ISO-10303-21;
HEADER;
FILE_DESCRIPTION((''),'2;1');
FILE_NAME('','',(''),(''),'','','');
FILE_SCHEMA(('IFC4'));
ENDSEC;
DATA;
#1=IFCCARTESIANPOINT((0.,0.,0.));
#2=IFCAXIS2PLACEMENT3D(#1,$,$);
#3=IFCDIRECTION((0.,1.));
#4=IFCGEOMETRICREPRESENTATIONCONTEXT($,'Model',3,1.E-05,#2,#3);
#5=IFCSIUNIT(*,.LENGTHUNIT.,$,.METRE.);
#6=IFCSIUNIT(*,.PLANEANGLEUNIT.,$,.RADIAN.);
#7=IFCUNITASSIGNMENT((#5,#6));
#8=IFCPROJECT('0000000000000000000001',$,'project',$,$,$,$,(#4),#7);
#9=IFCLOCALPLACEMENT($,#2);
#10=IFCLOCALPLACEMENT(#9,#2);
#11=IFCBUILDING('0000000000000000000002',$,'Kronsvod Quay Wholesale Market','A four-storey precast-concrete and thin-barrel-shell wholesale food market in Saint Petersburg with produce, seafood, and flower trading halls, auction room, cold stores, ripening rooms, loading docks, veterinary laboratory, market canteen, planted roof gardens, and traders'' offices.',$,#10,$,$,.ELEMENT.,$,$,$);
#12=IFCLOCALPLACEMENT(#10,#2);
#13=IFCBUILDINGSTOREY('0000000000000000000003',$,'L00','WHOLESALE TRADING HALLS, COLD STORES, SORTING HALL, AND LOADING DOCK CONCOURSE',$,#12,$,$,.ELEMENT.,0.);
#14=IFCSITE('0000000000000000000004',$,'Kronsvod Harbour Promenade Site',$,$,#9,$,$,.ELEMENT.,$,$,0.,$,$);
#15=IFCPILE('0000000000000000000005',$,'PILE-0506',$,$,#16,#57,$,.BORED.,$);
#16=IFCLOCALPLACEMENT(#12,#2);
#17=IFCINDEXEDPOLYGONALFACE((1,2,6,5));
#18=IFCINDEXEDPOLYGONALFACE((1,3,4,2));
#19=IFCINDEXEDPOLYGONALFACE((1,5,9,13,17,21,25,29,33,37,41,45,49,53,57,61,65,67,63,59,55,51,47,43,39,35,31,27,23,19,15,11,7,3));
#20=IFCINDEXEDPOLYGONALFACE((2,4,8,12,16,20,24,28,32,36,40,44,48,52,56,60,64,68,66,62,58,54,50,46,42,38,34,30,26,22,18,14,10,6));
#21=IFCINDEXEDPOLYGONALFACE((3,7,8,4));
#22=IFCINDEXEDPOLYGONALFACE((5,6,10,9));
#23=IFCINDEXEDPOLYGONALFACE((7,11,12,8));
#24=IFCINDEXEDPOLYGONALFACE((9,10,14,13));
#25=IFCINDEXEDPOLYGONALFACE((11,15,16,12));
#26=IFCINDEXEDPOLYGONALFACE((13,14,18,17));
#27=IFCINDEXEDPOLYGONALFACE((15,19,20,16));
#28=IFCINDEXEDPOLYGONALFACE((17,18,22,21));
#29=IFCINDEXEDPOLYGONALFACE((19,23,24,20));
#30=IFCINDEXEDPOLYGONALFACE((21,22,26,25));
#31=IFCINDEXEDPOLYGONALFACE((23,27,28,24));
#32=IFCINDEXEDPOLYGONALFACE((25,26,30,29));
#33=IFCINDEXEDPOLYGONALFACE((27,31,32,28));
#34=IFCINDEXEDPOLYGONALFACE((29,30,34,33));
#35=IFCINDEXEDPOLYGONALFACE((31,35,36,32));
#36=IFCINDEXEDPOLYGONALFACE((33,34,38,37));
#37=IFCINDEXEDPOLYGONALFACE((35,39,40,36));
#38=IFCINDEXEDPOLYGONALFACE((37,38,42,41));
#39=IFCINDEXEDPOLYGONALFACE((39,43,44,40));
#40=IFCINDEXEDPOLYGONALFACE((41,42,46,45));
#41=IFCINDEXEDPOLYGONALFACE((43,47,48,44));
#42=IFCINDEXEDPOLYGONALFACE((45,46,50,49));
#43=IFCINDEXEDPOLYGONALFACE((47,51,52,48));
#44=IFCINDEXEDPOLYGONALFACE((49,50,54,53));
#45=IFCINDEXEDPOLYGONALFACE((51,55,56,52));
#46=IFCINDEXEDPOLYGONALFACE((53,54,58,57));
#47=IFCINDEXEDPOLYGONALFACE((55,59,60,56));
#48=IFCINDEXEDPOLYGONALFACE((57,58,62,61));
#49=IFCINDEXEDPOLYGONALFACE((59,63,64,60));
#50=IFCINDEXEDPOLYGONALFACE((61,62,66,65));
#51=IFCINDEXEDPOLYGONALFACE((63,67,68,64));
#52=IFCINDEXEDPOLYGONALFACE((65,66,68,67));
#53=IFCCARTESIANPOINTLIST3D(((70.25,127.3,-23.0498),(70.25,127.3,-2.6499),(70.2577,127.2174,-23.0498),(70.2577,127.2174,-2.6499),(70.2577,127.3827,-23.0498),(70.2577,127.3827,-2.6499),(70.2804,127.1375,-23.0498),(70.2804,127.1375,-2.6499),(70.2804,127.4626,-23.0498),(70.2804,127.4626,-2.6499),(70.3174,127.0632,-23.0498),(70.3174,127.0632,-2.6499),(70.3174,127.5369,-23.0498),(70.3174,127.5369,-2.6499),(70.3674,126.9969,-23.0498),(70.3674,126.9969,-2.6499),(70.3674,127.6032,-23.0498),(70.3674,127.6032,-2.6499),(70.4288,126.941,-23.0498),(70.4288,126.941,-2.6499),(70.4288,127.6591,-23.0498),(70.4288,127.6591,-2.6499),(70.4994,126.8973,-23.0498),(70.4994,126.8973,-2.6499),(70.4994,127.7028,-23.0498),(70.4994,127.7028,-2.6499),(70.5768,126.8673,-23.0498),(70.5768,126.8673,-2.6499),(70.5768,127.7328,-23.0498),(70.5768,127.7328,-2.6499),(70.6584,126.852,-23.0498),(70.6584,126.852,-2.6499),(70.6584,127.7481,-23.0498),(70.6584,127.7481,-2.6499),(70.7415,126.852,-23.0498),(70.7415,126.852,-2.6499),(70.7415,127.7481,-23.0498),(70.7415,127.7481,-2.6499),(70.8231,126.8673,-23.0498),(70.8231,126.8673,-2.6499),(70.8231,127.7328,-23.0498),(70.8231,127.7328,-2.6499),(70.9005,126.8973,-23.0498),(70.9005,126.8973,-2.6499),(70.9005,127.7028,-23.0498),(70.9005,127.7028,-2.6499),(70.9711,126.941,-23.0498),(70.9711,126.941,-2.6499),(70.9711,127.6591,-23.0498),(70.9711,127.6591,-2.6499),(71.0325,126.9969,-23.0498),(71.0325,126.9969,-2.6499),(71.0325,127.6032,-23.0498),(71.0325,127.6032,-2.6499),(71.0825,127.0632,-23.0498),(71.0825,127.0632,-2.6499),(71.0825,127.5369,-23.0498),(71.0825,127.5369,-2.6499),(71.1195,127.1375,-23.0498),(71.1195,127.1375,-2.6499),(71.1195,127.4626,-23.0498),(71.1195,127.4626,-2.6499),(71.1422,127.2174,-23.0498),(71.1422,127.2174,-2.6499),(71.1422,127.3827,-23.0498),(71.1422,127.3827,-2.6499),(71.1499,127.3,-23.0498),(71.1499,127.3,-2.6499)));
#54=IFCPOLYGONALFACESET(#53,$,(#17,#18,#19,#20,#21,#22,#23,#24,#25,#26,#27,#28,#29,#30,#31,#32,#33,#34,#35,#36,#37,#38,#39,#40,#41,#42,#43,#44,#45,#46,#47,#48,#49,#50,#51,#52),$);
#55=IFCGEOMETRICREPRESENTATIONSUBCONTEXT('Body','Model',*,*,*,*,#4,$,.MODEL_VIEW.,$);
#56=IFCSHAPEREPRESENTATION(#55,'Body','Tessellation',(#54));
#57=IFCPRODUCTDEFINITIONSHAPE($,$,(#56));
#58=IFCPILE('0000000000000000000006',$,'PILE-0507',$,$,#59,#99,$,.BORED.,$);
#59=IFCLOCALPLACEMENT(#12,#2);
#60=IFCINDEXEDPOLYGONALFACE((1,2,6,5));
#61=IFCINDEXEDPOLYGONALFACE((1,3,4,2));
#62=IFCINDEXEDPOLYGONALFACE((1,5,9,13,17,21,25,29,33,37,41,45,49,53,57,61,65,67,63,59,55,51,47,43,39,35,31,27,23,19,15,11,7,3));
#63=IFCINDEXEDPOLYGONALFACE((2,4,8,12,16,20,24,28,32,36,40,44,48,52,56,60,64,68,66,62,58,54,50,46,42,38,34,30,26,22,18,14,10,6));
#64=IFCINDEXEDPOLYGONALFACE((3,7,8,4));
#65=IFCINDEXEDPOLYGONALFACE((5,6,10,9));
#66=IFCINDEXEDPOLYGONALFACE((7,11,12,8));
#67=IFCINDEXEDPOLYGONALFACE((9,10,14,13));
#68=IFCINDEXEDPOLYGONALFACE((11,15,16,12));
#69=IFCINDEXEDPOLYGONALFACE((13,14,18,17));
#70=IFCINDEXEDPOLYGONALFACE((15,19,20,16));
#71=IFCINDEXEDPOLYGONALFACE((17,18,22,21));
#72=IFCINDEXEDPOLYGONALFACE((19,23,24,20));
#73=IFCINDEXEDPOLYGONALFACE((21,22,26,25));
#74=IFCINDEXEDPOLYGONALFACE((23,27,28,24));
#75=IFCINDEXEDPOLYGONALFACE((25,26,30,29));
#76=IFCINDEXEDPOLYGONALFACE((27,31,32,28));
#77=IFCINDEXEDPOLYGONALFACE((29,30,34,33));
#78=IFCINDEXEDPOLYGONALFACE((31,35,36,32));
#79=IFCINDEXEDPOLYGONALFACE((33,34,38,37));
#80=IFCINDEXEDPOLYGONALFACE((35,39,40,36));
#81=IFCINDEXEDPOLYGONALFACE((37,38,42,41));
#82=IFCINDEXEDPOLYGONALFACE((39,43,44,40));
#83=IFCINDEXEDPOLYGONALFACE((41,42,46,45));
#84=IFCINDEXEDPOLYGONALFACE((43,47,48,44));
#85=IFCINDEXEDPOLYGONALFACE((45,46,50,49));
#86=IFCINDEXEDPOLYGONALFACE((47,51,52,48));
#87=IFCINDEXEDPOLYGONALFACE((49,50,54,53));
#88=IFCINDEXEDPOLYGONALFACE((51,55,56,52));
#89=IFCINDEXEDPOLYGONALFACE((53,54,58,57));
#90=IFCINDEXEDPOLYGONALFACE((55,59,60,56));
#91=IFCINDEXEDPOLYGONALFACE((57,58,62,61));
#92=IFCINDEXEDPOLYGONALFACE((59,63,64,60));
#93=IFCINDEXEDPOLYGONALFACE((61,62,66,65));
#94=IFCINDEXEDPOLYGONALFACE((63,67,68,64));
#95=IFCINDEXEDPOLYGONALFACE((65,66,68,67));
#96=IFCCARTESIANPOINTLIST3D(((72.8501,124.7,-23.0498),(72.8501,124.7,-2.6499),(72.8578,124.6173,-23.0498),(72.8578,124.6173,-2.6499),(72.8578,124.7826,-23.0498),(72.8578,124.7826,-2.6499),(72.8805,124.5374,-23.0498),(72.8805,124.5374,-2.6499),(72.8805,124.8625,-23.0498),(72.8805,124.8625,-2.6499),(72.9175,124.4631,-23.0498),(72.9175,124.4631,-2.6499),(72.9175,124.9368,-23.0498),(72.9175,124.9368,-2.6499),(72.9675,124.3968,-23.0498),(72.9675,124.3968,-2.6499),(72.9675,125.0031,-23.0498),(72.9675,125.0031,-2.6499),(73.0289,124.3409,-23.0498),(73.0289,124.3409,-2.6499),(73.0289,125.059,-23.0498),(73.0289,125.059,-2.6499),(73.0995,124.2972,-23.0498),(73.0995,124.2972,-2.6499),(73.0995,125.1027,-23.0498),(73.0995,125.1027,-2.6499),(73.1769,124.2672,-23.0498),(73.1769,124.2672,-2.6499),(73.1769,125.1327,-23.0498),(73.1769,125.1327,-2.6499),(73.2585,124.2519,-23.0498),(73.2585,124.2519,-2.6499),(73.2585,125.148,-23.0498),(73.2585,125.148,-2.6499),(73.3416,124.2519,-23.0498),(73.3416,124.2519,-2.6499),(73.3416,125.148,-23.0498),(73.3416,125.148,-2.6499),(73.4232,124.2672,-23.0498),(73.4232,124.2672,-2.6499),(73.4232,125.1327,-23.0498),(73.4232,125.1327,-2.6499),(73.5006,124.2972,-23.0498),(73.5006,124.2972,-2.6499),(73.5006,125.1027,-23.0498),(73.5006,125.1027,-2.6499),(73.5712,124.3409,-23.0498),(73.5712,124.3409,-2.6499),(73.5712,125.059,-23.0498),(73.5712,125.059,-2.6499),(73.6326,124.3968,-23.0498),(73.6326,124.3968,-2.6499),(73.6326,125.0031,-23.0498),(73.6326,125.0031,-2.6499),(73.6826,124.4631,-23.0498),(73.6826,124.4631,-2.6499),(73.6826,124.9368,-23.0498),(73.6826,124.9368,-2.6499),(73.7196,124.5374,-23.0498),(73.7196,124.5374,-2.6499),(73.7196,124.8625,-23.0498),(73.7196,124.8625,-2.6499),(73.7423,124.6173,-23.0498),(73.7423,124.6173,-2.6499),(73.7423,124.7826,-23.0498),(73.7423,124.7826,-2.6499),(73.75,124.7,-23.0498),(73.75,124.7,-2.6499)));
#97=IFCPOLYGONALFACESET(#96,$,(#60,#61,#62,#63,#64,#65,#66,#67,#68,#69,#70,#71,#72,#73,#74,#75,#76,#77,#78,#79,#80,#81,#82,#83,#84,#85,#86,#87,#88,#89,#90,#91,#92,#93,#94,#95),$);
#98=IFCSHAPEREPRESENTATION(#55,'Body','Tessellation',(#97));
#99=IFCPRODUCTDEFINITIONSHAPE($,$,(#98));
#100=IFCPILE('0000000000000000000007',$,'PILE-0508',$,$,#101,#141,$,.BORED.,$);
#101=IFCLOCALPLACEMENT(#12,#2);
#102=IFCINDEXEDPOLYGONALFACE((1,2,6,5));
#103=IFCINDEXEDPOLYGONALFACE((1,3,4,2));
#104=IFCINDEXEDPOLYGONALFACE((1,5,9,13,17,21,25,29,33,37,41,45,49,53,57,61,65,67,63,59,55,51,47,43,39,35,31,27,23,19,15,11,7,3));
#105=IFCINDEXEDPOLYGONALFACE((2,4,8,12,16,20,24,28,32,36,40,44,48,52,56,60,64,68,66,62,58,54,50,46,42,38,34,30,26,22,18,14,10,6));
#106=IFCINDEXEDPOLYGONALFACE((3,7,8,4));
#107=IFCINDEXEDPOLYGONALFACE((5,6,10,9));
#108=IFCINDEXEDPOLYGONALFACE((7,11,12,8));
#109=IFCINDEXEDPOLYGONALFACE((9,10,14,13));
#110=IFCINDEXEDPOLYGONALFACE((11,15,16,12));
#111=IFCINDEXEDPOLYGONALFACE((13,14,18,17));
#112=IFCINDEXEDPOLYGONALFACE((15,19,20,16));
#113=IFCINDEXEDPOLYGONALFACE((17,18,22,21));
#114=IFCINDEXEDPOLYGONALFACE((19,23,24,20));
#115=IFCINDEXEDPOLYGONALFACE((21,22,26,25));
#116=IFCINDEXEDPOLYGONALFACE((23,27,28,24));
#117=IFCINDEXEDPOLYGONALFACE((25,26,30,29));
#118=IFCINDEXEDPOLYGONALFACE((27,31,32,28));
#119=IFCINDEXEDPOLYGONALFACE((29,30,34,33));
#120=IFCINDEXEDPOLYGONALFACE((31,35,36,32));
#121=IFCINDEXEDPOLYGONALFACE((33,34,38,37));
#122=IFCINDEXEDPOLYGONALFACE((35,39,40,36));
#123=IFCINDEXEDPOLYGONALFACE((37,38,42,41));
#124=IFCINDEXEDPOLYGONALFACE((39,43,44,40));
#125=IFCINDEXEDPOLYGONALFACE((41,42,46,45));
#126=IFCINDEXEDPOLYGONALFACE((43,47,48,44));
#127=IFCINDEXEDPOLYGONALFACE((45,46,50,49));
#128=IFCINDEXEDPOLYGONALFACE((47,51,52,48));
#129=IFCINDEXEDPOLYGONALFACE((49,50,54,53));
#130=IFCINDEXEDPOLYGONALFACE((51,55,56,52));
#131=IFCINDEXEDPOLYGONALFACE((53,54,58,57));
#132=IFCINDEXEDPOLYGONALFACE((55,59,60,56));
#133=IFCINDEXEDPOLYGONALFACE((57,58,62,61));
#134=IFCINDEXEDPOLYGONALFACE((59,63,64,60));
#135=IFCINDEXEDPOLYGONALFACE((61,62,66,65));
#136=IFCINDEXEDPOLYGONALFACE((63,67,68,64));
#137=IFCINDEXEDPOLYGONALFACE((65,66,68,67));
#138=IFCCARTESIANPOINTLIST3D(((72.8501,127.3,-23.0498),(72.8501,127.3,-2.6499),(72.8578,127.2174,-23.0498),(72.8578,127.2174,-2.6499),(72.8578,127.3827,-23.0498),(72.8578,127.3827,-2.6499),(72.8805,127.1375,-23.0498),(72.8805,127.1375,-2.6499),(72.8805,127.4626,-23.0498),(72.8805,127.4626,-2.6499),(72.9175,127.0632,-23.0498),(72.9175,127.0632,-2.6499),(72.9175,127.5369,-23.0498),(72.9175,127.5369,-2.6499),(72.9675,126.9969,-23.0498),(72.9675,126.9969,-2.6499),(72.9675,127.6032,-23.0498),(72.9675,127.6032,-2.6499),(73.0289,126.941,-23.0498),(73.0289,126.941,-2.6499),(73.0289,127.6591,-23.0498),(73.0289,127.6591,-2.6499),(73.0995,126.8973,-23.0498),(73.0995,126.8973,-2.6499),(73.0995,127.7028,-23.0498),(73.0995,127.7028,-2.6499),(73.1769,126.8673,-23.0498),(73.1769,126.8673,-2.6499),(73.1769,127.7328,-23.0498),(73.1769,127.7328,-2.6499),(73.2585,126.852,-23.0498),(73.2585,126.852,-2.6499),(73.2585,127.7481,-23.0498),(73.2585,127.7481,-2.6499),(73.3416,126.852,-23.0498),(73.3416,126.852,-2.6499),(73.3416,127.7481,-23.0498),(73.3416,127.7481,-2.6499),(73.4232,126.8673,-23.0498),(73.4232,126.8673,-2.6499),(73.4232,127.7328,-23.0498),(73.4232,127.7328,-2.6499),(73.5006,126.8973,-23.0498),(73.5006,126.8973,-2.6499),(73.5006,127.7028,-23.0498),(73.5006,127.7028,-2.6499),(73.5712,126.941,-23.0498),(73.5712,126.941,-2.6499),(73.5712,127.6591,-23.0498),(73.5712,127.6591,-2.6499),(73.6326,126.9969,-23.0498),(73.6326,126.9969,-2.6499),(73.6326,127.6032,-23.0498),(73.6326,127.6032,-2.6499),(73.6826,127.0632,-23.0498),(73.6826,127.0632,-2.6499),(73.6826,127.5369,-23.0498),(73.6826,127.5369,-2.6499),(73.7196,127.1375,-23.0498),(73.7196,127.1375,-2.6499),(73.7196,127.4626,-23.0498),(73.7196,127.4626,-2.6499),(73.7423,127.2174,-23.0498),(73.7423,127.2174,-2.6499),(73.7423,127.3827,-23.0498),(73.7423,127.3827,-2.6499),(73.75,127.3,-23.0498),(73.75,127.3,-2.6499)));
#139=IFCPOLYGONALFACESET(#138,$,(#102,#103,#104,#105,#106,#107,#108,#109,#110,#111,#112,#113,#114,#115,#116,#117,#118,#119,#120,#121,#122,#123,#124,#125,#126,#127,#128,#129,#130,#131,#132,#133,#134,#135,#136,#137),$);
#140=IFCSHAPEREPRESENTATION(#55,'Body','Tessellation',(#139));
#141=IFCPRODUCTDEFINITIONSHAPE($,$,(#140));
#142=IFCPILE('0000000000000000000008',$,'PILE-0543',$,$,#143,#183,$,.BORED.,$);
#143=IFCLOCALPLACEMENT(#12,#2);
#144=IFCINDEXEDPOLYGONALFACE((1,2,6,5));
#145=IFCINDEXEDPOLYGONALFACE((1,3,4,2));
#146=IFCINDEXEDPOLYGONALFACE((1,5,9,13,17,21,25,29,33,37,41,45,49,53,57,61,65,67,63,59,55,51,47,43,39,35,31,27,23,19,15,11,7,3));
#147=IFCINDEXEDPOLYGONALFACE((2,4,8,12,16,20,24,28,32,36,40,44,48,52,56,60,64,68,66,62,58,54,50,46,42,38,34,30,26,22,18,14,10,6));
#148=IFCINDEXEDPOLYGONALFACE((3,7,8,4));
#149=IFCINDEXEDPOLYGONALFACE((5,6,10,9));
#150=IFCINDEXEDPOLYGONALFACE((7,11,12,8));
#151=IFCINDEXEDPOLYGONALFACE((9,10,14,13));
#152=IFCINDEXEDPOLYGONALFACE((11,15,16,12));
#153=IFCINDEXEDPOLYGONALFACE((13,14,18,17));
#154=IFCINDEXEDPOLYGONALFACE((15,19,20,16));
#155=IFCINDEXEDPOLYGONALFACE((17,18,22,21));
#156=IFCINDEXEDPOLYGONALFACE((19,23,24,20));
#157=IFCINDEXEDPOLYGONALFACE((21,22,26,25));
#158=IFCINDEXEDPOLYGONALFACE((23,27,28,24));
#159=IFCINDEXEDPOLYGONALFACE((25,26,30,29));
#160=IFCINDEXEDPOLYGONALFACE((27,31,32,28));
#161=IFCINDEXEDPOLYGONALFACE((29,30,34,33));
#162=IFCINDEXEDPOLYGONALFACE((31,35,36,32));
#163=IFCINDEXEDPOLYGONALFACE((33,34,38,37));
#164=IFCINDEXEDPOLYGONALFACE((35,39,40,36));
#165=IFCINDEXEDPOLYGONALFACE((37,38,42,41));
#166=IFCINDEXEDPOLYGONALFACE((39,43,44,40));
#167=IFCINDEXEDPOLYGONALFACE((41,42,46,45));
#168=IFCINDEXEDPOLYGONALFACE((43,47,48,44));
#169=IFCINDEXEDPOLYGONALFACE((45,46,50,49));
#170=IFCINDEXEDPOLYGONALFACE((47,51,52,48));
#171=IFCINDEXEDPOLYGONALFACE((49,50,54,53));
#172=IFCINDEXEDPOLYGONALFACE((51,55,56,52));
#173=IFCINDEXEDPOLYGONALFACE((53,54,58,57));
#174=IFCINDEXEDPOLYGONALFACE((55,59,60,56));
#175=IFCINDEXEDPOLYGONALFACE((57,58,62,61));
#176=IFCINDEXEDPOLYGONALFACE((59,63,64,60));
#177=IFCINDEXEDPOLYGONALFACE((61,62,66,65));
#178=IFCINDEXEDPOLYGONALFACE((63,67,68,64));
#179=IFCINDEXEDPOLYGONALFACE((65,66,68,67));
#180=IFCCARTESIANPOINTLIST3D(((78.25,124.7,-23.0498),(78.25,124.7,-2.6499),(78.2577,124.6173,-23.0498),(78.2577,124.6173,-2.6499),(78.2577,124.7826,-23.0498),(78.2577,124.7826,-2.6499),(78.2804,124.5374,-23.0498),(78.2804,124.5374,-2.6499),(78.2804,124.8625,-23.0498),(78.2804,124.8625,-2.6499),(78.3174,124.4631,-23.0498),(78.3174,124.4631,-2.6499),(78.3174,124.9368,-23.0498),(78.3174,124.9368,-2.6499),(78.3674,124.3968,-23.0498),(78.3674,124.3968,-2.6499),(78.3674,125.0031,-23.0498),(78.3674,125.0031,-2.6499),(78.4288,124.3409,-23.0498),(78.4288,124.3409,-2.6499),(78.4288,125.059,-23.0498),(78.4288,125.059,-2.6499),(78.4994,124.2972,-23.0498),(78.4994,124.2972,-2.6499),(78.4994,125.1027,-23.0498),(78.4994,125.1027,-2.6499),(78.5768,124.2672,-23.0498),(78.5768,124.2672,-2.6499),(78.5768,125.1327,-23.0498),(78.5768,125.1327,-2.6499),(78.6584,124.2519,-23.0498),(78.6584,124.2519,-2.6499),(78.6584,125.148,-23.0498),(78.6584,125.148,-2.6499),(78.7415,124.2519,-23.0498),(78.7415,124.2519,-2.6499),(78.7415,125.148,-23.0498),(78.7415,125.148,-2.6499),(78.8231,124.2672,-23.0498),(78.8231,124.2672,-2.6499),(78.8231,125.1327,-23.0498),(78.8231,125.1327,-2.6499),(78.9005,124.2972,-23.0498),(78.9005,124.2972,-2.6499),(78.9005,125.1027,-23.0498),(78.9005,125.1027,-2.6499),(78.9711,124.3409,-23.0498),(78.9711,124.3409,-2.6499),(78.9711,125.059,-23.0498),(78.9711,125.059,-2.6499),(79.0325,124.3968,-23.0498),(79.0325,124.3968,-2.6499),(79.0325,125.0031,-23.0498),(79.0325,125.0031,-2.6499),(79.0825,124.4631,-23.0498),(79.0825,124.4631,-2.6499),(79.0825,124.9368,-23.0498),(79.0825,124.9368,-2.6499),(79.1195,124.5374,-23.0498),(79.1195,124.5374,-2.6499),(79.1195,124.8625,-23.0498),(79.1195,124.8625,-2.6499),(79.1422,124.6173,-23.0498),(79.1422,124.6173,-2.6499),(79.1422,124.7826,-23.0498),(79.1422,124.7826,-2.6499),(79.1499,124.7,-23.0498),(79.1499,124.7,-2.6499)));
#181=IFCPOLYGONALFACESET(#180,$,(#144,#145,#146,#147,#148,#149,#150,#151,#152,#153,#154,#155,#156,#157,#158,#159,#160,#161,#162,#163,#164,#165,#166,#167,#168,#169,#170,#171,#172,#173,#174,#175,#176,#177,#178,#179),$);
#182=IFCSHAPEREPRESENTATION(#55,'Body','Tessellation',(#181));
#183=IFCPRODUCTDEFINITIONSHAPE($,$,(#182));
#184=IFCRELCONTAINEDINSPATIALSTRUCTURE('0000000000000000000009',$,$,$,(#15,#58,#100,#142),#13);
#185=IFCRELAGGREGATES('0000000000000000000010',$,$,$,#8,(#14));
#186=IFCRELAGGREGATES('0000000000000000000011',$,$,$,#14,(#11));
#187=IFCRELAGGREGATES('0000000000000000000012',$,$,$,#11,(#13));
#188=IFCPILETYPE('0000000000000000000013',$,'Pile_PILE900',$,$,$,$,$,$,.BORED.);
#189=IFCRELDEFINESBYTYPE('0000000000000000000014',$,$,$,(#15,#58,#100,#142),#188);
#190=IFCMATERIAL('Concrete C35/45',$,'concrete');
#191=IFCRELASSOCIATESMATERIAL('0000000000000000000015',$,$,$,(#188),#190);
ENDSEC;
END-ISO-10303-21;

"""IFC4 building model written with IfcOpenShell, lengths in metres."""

from ifc_helpers import new_model, si_unit, direction, frame, origin, origin_2d, place, context, subcontext, project, spatial, circle, extrude, material, material_profile, profile_set, type_object, element, save


model = new_model("IFC4")

# Units and contexts
model_context = context("Model", 3, precision=1e-05, world=origin(), true_north=direction((0.0, 1.0)))
body_context = subcontext(model_context, "Body", "Model", "MODEL_VIEW")
ifc_project = project(units=[si_unit("LENGTHUNIT", "METRE"), si_unit("PLANEANGLEUNIT", "RADIAN")], contexts=[model_context])

# Site, building, storey
site_placement = place(None, origin())
site = spatial("IfcSite", under=ifc_project, at=site_placement, Name="Kronsvod Harbour Promenade Site", CompositionType="ELEMENT", RefElevation=0.0)
building_placement = place(site_placement, origin())
building = spatial("IfcBuilding", under=site, at=building_placement, Name="Kronsvod Quay Wholesale Market", Description="A four-storey precast-concrete and thin-barrel-shell wholesale food market in Saint Petersburg with produce, seafood, and flower trading halls, auction room, cold stores, ripening rooms, loading docks, veterinary laboratory, market canteen, planted roof gardens, and traders' offices.", CompositionType="ELEMENT")
storey_placement = place(building_placement, origin())
storey = spatial("IfcBuildingStorey", under=building, at=storey_placement, Name="L00", Description="WHOLESALE TRADING HALLS, COLD STORES, SORTING HALL, AND LOADING DOCK CONCOURSE", CompositionType="ELEMENT", Elevation=0.0)

# Piles
ifc_material_1 = material(Name="Concrete C35/45", Category="concrete")
ifc_material_profile_1 = material_profile(ifc_material_1, circle(Radius=0.45, at=origin_2d()), Name="PILE900")
ifc_profile_set_1 = profile_set([ifc_material_profile_1], Name="Concrete C35/45")
pile_type = type_object("IfcPileType", Name="Pile_PILE900", PredefinedType="BORED", material=ifc_profile_set_1)
for number, where, z_axis, x_axis, name in (
    (1, (70.7, 127.3, -2.6499), (0.0, 0.0, -1.0), (1.0, 0.0, 0.0), "PILE-0506"),
    (2, (73.3, 124.7, -2.6499), (0.0, 0.0, -1.0), (1.0, 0.0, 0.0), "PILE-0507"),
    (3, (73.3, 127.3, -2.6499), (0.0, 0.0, -1.0), (1.0, 0.0, 0.0), "PILE-0508"),
    (4, (78.7, 124.7, -2.6499), (0.0, 0.0, -1.0), (1.0, 0.0, 0.0), "PILE-0543"),
):
    element("IfcPile", number, at=place(storey_placement, frame(where, z_axis=z_axis, x_axis=x_axis)), inside=storey, type_object=pile_type, Name=name, PredefinedType="BORED", context=body_context, shape_type="SweptSolid", body=[
        extrude(circle(Radius=0.45, at=origin_2d()), origin(), (0.0, 0.0, 1.0), 20.3999),
    ])

save(model, "model.ifc")
